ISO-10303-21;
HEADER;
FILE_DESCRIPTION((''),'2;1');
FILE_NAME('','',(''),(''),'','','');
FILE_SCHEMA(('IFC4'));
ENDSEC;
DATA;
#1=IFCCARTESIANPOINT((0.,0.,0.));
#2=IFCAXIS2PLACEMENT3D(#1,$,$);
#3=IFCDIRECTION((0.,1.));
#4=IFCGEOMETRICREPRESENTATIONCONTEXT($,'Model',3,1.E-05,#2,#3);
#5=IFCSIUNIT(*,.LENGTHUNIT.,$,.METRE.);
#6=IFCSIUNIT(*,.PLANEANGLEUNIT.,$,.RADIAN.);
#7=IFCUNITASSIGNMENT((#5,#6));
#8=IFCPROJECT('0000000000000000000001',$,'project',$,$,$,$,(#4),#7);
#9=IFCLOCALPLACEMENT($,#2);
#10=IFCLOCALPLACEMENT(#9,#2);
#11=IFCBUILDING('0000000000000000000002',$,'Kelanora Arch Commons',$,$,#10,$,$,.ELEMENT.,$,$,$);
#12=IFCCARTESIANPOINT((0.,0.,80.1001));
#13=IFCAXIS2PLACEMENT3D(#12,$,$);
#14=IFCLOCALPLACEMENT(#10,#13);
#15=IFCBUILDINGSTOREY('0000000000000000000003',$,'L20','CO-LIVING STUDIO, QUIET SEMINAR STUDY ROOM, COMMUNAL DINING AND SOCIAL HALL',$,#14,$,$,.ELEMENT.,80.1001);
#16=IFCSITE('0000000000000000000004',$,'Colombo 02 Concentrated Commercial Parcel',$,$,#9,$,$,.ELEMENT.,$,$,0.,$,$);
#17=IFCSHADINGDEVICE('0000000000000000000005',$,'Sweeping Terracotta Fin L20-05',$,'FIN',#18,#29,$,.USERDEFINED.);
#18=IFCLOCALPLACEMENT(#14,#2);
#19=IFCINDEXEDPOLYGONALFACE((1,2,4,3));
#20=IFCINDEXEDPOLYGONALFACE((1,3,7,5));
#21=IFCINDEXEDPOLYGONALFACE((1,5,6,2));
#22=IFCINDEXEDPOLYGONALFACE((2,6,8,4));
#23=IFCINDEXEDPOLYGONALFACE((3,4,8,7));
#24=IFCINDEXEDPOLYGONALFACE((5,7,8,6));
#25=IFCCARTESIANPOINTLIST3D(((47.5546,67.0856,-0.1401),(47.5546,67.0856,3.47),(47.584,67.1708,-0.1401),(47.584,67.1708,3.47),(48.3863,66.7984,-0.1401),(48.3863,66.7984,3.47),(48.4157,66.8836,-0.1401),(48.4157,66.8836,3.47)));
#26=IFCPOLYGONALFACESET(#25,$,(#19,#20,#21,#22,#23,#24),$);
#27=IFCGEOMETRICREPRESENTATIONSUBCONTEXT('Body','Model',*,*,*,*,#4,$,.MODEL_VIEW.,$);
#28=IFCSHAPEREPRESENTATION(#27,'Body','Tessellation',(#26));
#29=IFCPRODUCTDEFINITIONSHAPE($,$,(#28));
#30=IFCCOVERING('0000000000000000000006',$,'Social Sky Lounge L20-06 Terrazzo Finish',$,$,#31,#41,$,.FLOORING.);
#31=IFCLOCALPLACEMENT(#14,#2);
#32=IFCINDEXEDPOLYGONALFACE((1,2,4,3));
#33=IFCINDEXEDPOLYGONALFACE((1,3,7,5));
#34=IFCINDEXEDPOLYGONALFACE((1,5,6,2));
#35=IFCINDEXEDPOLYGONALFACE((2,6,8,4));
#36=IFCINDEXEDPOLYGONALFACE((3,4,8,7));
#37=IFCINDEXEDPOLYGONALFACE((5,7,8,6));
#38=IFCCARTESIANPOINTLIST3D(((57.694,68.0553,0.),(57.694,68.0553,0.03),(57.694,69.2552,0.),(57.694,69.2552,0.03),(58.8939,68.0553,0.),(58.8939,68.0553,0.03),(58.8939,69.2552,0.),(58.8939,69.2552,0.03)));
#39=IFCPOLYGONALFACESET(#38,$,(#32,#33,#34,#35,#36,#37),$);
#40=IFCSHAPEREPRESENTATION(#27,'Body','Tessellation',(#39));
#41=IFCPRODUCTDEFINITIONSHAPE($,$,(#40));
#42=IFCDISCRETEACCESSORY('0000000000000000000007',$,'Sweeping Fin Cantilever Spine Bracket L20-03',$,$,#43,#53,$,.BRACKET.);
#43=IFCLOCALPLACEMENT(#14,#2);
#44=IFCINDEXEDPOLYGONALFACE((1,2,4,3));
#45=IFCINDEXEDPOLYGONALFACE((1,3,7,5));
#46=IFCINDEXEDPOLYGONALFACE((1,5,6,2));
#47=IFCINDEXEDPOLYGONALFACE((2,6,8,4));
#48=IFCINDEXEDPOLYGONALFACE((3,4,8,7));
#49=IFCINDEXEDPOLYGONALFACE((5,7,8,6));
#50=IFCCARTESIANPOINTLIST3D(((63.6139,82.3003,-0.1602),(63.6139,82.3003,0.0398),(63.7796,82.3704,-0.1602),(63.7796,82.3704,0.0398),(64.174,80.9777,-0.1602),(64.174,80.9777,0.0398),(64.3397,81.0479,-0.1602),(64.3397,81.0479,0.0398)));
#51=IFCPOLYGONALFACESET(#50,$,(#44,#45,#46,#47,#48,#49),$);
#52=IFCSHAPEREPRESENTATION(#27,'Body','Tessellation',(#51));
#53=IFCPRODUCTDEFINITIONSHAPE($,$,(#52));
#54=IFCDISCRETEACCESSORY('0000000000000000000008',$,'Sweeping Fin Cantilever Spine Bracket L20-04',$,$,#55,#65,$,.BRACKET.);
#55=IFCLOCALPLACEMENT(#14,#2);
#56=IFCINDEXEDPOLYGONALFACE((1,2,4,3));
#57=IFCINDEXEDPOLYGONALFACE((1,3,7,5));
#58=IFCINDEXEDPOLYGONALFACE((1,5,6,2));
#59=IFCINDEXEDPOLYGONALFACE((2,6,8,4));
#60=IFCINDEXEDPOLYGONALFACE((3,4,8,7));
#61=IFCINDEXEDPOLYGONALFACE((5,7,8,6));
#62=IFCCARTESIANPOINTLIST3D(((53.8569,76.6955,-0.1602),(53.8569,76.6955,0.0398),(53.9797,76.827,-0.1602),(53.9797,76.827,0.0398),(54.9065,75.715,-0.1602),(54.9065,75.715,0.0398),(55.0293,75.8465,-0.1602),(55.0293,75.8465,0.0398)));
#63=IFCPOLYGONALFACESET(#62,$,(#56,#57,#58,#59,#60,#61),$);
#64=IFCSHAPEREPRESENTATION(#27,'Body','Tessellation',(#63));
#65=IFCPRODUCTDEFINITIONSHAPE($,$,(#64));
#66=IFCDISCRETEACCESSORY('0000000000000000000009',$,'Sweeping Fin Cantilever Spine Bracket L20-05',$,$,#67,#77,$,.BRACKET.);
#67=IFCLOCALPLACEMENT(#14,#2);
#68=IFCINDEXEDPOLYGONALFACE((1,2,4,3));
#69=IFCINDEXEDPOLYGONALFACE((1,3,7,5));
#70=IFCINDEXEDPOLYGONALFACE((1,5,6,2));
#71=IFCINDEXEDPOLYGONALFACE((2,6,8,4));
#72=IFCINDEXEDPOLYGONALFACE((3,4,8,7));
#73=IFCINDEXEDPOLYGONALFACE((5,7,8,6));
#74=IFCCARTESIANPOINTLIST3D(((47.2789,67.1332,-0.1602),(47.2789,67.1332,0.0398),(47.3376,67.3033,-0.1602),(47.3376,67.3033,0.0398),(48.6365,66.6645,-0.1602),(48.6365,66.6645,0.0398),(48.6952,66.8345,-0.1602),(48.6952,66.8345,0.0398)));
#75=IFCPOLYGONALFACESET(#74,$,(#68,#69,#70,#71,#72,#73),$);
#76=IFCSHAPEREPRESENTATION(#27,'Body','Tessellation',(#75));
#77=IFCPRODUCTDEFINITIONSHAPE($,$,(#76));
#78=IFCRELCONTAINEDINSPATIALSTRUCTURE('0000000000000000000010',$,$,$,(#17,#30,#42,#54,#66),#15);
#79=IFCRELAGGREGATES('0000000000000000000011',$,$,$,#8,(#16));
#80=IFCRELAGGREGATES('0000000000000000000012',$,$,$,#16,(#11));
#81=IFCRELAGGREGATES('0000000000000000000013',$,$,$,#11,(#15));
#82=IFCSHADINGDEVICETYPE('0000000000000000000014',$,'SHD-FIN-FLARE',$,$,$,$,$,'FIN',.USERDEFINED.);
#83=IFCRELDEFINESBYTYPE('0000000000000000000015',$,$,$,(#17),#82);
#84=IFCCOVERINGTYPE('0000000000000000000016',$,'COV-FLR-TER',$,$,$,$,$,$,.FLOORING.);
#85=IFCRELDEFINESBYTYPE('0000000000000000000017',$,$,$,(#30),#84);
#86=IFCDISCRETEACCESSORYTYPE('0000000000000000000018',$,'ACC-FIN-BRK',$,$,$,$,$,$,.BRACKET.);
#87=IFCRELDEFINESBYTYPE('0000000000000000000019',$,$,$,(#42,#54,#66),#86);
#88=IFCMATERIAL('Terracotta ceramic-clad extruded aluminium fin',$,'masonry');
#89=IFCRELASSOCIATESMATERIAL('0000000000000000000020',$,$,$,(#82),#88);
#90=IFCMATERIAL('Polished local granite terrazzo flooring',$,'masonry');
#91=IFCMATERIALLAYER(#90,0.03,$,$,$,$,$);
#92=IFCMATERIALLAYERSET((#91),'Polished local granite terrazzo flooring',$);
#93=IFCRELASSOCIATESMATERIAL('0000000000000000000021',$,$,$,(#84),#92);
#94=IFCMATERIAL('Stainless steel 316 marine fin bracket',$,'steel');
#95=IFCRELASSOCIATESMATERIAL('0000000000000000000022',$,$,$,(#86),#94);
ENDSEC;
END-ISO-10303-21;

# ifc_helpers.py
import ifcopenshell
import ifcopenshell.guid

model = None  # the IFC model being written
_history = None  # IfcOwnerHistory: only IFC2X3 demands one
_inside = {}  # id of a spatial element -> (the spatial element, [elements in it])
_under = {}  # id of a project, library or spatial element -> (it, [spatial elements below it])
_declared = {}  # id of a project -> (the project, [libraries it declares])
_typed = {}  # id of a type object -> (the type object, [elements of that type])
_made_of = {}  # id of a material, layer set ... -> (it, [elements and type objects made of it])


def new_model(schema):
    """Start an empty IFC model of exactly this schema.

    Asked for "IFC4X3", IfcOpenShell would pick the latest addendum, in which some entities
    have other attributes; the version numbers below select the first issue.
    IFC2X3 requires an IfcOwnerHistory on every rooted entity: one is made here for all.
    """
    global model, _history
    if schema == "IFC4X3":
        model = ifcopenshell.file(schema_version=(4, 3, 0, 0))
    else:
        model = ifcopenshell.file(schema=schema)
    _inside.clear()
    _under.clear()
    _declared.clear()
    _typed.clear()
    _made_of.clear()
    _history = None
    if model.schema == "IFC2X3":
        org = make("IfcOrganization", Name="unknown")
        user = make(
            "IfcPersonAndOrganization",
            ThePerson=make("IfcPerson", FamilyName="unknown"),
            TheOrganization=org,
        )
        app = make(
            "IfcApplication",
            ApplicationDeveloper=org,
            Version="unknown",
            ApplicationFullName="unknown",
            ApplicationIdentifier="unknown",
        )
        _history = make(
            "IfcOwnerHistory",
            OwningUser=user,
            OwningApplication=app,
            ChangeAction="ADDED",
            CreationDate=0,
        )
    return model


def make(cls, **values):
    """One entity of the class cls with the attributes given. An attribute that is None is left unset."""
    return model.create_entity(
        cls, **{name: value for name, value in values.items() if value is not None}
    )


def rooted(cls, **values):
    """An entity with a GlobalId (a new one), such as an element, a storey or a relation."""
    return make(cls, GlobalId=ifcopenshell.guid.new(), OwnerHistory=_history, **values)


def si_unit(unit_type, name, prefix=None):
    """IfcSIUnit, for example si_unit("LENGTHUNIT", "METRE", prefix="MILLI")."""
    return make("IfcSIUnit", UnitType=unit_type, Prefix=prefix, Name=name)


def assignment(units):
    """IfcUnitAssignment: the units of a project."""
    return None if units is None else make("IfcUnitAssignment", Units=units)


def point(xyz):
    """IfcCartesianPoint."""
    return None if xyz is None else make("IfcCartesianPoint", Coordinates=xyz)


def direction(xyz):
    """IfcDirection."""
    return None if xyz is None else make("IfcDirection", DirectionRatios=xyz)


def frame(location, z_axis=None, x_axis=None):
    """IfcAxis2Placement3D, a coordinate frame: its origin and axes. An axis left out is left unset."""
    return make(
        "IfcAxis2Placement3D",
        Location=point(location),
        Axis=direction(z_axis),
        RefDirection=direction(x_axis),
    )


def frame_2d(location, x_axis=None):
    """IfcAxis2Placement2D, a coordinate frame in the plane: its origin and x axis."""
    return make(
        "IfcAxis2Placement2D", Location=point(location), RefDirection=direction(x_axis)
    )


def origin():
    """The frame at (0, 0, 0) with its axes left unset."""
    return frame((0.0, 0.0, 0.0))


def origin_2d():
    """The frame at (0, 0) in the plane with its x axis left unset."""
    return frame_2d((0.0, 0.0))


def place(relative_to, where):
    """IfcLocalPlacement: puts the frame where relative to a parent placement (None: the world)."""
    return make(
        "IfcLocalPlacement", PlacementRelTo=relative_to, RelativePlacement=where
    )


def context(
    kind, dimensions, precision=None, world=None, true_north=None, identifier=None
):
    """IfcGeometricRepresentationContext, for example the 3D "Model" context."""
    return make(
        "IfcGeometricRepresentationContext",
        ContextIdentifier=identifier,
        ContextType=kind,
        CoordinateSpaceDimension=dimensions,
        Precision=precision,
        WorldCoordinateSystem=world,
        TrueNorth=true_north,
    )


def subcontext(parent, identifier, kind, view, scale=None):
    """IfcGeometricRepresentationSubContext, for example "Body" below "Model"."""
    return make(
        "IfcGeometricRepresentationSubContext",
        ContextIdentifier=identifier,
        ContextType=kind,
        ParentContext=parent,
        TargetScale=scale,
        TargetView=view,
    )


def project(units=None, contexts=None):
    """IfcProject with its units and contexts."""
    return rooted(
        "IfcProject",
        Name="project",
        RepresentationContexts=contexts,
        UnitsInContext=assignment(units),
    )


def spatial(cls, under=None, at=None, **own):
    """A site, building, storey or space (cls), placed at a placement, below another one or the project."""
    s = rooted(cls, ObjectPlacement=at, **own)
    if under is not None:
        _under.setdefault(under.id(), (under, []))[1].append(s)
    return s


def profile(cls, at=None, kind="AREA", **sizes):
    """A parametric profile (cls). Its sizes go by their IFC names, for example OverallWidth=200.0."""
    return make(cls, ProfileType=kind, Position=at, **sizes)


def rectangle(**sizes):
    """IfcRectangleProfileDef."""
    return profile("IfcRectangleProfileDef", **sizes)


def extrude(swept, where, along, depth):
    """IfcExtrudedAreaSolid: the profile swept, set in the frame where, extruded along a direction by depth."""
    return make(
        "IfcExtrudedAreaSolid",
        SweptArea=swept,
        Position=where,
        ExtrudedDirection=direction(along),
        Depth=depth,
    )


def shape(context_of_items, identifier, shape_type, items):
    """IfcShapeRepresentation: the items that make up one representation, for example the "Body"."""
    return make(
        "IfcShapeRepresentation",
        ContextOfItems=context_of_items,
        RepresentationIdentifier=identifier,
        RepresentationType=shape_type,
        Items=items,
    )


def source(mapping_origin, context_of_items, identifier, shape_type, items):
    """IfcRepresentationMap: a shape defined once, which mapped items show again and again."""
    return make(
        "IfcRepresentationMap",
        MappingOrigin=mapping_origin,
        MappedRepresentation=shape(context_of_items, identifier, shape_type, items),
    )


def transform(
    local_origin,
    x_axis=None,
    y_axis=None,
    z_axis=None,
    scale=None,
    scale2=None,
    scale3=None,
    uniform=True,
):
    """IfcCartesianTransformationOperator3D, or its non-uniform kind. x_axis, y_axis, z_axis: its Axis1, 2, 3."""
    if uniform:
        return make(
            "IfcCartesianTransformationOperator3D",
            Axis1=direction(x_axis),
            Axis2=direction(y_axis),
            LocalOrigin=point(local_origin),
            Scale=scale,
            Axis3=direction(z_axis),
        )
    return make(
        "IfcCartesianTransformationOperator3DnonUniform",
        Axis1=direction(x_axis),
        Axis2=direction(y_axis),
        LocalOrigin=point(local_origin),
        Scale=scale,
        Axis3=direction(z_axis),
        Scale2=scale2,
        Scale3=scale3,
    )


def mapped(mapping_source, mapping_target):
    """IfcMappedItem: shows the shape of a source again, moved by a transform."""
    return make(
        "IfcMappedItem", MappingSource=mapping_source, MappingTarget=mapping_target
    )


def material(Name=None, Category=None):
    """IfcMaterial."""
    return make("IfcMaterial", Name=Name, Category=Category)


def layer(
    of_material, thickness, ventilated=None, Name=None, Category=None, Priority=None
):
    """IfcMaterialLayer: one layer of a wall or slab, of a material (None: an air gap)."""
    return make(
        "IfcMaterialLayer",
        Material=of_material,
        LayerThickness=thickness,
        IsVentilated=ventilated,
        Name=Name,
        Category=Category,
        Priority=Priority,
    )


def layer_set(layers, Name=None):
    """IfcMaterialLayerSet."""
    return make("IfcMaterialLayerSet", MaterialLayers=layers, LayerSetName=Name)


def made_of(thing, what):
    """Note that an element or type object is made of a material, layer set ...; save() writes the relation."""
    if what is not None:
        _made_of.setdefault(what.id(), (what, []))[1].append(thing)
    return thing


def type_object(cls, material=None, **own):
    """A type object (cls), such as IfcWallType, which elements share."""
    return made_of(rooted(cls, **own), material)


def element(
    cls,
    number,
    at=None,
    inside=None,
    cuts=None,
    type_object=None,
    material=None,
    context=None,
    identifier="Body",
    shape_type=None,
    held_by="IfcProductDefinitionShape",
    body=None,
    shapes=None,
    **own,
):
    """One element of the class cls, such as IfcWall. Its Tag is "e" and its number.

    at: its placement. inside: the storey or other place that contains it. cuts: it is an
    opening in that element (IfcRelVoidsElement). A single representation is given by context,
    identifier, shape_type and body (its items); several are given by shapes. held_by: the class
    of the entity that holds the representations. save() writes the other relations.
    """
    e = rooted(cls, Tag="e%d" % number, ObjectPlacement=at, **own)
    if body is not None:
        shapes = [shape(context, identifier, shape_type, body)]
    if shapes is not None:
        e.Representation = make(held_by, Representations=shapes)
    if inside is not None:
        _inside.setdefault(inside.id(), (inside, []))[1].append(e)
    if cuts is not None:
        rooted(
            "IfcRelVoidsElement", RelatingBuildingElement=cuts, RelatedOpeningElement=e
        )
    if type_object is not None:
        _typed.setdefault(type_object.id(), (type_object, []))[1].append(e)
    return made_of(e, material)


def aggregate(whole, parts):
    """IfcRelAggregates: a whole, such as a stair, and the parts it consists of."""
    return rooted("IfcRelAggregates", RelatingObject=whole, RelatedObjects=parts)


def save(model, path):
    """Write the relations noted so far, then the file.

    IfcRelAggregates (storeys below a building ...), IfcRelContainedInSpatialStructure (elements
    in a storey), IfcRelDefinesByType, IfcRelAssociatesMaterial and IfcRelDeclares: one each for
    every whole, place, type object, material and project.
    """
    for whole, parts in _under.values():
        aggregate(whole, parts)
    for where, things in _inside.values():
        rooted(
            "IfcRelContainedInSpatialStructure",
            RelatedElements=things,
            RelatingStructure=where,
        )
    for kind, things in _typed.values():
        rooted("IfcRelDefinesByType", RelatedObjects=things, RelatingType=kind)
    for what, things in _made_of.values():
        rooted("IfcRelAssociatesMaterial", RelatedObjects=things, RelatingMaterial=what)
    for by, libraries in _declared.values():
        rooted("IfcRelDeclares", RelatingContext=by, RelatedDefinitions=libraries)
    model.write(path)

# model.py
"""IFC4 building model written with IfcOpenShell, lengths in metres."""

from ifc_helpers import new_model, si_unit, direction, frame, origin, origin_2d, place, context, subcontext, project, spatial, rectangle, extrude, source, transform, mapped, material, layer, layer_set, type_object, element, save


model = new_model("IFC4")

# Units and contexts
model_context = context("Model", 3, precision=1e-05, world=origin(), true_north=direction((0.0, 1.0)))
body_context = subcontext(model_context, "Body", "Model", "MODEL_VIEW")
ifc_project = project(units=[si_unit("LENGTHUNIT", "METRE"), si_unit("PLANEANGLEUNIT", "RADIAN")], contexts=[model_context])

# Site, building, storey
site_placement = place(None, origin())
site = spatial("IfcSite", under=ifc_project, at=site_placement, Name="Colombo 02 Concentrated Commercial Parcel", CompositionType="ELEMENT", RefElevation=0.0)
building_placement = place(site_placement, origin())
building = spatial("IfcBuilding", under=site, at=building_placement, Name="Kelanora Arch Commons", CompositionType="ELEMENT")
storey_placement = place(building_placement, frame((0.0, 0.0, 80.1001)))
storey = spatial("IfcBuildingStorey", under=building, at=storey_placement, Name="L20", Description="CO-LIVING STUDIO, QUIET SEMINAR STUDY ROOM, COMMUNAL DINING AND SOCIAL HALL", CompositionType="ELEMENT", Elevation=80.1001)

# Shading device
ifc_material_1 = material(Name="Terracotta ceramic-clad extruded aluminium fin", Category="masonry")
shading_device_type = type_object("IfcShadingDeviceType", Name="SHD-FIN-FLARE", ElementType="FIN", PredefinedType="USERDEFINED", material=ifc_material_1)
shared_shape_1 = source(origin(), body_context, "Body", "SweptSolid", [
    extrude(rectangle(XDim=0.8799, YDim=0.0901, at=origin_2d()), origin(), (0.0, 0.0, 1.0), 3.6101),
])
for number, where, z_axis, x_axis, name in (
    (1, (47.9851, 66.9846, -0.1401), (0.0, 0.0, 1.0), (-0.945234, 0.326393, 0.0), "Sweeping Terracotta Fin L20-05"),
):
    element("IfcShadingDevice", number, at=place(storey_placement, frame(where, z_axis=z_axis, x_axis=x_axis)), inside=storey, type_object=shading_device_type, Name=name, ObjectType="FIN", PredefinedType="USERDEFINED", context=body_context, shape_type="MappedRepresentation", body=[
        mapped(shared_shape_1, transform((0.0, 0.0, 0.0), scale=1.0)),
    ])

# Covering
ifc_material_2 = material(Name="Polished local granite terrazzo flooring", Category="masonry")
ifc_layer_1 = layer(ifc_material_2, 0.03)
ifc_layer_set_1 = layer_set([ifc_layer_1], Name="Polished local granite terrazzo flooring")
covering_type = type_object("IfcCoveringType", Name="COV-FLR-TER", PredefinedType="FLOORING", material=ifc_layer_set_1)
shared_shape_2 = source(origin(), body_context, "Body", "SweptSolid", [
    extrude(rectangle(XDim=1.2, YDim=1.2, at=origin_2d()), origin(), (0.0, 0.0, 1.0), 0.03),
])
covering_placement = place(storey_placement, frame((58.2939, 68.6553, 0.0), z_axis=(0.0, 0.0, 1.0), x_axis=(1.0, 0.0, 0.0)))
element("IfcCovering", 2, at=covering_placement, inside=storey, type_object=covering_type, Name="Social Sky Lounge L20-06 Terrazzo Finish", PredefinedType="FLOORING", context=body_context, shape_type="MappedRepresentation", body=[
    mapped(shared_shape_2, transform((0.0, 0.0, 0.0), scale=1.0)),
])

# Discrete accessories
ifc_material_3 = material(Name="Stainless steel 316 marine fin bracket", Category="steel")
discrete_accessory_type = type_object("IfcDiscreteAccessoryType", Name="ACC-FIN-BRK", PredefinedType="BRACKET", material=ifc_material_3)
shared_shape_3 = source(origin(), body_context, "Body", "SweptSolid", [
    extrude(rectangle(XDim=1.4363, YDim=0.1799, at=origin_2d()), origin(), (0.0, 0.0, 1.0), 0.2),
])
for number, where, z_axis, x_axis, name in (
    (3, (63.9768, 81.6741, -0.1602), (0.0, 0.0, 1.0), (-0.389928, 0.920845, 0.0), "Sweeping Fin Cantilever Spine Bracket L20-03"),
    (4, (54.4431, 76.271, -0.1602), (0.0, 0.0, 1.0), (-0.730758, 0.682636, 0.0), "Sweeping Fin Cantilever Spine Bracket L20-04"),
    (5, (47.9871, 66.9839, -0.1602), (0.0, 0.0, 1.0), (-0.945234, 0.326393, 0.0), "Sweeping Fin Cantilever Spine Bracket L20-05"),
):
    element("IfcDiscreteAccessory", number, at=place(storey_placement, frame(where, z_axis=z_axis, x_axis=x_axis)), inside=storey, type_object=discrete_accessory_type, Name=name, PredefinedType="BRACKET", context=body_context, shape_type="MappedRepresentation", body=[
        mapped(shared_shape_3, transform((0.0, 0.0, 0.0), scale=1.0)),
    ])

save(model, "model.ifc")
